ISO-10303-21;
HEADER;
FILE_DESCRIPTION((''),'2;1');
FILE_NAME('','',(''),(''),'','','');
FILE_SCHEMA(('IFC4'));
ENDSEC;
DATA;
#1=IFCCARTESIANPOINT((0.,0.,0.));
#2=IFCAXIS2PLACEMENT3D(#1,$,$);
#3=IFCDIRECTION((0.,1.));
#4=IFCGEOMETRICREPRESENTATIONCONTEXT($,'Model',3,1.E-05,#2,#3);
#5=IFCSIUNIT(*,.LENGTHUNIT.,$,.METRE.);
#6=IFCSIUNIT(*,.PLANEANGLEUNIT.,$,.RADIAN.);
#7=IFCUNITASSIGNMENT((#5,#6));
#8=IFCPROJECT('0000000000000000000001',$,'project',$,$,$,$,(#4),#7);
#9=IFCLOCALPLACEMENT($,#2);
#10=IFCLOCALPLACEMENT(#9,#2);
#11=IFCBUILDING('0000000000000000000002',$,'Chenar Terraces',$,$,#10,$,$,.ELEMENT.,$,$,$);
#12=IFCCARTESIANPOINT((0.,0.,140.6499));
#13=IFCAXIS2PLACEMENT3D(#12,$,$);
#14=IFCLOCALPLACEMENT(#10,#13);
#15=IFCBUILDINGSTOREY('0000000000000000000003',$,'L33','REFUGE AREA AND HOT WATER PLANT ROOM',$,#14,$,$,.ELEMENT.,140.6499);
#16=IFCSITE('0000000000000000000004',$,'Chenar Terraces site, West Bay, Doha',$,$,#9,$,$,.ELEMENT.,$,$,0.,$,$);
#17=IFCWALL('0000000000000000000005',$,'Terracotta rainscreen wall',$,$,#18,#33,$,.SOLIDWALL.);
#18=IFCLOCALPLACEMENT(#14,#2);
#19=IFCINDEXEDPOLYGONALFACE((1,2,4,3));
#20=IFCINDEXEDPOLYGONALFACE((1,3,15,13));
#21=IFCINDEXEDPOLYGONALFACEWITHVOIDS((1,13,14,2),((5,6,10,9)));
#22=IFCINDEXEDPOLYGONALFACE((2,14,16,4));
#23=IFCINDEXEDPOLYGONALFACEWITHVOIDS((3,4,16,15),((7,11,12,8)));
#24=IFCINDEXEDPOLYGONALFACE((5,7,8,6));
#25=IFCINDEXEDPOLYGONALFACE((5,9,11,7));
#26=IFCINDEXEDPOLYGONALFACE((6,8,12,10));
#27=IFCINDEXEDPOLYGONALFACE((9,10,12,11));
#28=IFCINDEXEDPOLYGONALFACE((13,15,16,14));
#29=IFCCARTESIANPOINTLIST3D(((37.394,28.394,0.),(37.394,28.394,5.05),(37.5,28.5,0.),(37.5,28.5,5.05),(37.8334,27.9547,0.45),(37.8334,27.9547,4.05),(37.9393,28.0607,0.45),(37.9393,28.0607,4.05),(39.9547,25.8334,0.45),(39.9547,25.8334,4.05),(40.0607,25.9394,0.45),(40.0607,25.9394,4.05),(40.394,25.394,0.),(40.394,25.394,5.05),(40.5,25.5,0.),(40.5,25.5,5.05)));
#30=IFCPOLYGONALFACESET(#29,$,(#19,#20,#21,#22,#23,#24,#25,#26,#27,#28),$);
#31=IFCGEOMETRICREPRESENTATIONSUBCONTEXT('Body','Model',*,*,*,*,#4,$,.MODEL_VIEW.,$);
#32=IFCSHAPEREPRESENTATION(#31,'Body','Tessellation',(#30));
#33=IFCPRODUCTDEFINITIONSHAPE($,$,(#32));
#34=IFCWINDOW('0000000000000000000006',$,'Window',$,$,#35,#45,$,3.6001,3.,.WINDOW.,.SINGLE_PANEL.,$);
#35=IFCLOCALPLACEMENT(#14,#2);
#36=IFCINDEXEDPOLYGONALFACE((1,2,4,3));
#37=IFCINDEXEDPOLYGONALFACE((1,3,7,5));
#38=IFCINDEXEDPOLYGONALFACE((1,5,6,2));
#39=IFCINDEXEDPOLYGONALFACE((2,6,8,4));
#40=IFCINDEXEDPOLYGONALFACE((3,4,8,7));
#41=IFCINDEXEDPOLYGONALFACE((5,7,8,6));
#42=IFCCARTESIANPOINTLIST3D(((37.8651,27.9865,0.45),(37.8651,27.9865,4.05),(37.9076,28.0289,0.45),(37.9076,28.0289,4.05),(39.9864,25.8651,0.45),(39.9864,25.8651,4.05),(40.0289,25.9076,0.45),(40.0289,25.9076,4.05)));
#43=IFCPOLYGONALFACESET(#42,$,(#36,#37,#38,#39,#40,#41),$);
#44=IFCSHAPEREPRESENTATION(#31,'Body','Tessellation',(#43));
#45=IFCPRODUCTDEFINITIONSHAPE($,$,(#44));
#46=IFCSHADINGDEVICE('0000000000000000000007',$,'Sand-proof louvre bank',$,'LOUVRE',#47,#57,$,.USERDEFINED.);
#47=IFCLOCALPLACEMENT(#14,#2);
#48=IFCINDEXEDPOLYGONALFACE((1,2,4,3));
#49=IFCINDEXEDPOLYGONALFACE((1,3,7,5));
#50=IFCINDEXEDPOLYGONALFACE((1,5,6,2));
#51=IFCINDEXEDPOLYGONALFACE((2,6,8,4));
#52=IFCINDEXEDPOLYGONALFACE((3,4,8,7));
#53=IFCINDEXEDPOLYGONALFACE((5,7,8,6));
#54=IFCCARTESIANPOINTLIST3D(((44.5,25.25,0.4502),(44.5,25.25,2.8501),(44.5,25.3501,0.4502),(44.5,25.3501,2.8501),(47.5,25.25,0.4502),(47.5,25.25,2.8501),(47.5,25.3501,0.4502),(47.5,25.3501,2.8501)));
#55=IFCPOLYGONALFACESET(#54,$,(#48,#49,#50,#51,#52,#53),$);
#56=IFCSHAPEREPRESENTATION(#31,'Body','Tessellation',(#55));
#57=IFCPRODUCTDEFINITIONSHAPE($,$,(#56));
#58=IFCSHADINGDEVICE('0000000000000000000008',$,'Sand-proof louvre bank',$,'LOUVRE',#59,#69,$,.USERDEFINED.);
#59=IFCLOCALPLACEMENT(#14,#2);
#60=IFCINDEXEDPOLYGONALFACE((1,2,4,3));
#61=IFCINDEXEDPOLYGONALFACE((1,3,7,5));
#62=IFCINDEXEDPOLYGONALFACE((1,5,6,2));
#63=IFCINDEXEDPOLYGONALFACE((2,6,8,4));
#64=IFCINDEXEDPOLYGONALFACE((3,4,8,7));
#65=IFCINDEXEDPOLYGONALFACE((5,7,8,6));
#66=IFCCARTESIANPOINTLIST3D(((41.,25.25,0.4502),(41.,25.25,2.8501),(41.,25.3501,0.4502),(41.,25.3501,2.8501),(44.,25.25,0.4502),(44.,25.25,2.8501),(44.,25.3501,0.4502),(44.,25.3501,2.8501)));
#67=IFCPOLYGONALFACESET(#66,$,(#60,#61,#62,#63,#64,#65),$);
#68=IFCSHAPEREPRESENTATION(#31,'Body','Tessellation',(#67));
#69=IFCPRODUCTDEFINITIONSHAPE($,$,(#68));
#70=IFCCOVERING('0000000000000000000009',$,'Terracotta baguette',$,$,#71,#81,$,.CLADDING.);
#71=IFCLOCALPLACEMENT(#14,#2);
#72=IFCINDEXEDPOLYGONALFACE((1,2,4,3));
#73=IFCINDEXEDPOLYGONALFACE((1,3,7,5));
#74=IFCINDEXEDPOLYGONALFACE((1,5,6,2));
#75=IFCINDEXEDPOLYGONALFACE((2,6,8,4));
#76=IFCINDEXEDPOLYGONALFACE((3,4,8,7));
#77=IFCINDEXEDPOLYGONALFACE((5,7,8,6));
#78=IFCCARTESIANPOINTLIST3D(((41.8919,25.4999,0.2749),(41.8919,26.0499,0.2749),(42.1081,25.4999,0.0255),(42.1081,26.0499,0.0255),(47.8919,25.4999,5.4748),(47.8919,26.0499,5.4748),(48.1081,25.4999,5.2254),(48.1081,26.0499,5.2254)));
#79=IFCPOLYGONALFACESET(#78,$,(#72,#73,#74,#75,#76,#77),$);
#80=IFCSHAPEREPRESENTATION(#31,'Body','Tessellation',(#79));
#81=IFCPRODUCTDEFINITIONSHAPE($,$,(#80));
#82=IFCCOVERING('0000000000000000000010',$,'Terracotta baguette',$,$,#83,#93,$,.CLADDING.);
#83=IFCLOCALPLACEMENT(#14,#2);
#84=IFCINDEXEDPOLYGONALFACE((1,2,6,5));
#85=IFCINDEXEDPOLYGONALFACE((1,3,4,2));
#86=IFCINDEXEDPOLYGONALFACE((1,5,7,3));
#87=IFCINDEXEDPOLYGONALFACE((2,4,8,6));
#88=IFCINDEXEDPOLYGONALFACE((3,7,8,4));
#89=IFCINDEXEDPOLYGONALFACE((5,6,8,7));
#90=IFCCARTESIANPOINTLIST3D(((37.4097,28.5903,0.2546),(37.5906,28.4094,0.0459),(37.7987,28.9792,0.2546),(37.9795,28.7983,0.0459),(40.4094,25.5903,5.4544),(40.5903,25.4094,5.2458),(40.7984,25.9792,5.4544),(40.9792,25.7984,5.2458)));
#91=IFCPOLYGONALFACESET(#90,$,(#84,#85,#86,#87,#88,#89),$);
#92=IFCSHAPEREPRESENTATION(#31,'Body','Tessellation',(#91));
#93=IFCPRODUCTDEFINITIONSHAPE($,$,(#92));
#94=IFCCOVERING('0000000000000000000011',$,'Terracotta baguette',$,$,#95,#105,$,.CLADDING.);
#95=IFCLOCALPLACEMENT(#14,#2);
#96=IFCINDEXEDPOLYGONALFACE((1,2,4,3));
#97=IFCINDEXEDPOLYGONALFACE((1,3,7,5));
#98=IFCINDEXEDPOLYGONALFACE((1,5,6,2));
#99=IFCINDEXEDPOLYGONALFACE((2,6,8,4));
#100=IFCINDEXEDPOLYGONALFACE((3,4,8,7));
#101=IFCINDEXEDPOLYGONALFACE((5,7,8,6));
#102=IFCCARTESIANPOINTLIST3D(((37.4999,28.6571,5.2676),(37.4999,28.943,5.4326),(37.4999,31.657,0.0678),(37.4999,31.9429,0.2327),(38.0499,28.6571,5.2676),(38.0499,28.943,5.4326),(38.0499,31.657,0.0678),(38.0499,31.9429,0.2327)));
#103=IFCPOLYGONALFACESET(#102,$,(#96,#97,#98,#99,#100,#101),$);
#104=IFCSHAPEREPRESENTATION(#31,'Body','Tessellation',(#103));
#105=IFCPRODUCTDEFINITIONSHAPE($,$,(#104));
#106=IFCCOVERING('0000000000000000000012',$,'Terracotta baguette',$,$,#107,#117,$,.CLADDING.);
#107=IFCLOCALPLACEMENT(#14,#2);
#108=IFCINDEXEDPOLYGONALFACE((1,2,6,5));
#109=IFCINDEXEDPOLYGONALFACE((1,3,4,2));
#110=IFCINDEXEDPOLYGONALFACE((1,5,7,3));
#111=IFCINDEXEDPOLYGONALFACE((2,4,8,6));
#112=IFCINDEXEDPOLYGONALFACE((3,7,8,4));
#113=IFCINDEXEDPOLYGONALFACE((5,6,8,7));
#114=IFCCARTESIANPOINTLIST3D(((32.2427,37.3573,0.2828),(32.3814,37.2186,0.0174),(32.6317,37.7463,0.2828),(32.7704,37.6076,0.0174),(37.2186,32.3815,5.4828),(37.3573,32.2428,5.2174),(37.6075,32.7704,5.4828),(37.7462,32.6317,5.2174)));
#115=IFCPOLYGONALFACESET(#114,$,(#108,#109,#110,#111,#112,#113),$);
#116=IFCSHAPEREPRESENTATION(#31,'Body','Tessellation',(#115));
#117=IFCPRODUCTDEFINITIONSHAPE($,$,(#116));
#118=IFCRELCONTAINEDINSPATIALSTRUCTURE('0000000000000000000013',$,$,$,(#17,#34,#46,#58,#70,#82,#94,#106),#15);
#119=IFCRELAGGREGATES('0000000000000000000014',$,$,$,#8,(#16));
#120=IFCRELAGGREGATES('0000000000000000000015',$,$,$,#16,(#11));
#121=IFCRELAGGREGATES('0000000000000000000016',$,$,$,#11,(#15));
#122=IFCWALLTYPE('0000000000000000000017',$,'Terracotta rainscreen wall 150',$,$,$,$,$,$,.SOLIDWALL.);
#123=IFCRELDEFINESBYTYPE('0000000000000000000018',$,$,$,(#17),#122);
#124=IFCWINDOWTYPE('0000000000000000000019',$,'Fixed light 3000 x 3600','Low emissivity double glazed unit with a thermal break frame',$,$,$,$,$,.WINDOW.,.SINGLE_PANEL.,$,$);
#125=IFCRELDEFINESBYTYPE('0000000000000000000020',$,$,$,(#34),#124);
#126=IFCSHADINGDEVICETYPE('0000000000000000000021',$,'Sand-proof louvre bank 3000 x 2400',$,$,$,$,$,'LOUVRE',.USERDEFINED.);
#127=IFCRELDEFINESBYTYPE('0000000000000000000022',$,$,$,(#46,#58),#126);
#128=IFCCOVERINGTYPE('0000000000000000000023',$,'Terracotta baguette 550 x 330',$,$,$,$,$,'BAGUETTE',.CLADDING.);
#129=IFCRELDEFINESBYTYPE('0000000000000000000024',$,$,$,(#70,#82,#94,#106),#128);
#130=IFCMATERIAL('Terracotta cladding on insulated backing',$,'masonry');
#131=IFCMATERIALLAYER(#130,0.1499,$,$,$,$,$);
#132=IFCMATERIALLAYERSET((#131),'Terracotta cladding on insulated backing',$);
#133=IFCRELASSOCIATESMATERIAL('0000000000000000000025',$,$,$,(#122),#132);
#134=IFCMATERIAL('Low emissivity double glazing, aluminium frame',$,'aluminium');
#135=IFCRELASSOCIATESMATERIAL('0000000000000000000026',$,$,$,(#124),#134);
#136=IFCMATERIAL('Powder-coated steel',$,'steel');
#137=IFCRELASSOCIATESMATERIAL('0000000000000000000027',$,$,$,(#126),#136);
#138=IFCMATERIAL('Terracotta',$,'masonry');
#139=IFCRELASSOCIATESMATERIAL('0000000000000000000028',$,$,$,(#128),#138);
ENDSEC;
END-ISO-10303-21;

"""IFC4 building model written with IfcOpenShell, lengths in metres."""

from ifc_helpers import new_model, si_unit, direction, frame, frame_2d, origin, origin_2d, place, context, subcontext, project, spatial, rectangle, extrude, material, layer, layer_set, material_profile, profile_set, type_object, element, fill, save


model = new_model("IFC4")

# Units and contexts
model_context = context("Model", 3, precision=1e-05, world=origin(), true_north=direction((0.0, 1.0)))
body_context = subcontext(model_context, "Body", "Model", "MODEL_VIEW")
ifc_project = project(units=[si_unit("LENGTHUNIT", "METRE"), si_unit("PLANEANGLEUNIT", "RADIAN")], contexts=[model_context])

# Site, building, storey
site_placement = place(None, origin())
site = spatial("IfcSite", under=ifc_project, at=site_placement, Name="Chenar Terraces site, West Bay, Doha", CompositionType="ELEMENT", RefElevation=0.0)
building_placement = place(site_placement, origin())
building = spatial("IfcBuilding", under=site, at=building_placement, Name="Chenar Terraces", CompositionType="ELEMENT")
storey_placement = place(building_placement, frame((0.0, 0.0, 140.6499)))
storey = spatial("IfcBuildingStorey", under=building, at=storey_placement, Name="L33", Description="REFUGE AREA AND HOT WATER PLANT ROOM", CompositionType="ELEMENT", Elevation=140.6499)

# Wall, opening, window
ifc_material_1 = material(Name="Terracotta cladding on insulated backing", Category="masonry")
ifc_layer_1 = layer(ifc_material_1, 0.1499)
ifc_layer_set_1 = layer_set([ifc_layer_1], Name="Terracotta cladding on insulated backing")
wall_type_1 = type_object("IfcWallType", Name="Terracotta rainscreen wall 150", PredefinedType="SOLIDWALL", material=ifc_layer_set_1)
wall_1_placement = place(storey_placement, frame((40.447, 25.447, 0.0), z_axis=(0.0, 0.0, 1.0), x_axis=(-0.707107, 0.707107, 0.0)))
wall_1 = element("IfcWall", 1, at=wall_1_placement, inside=storey, type_object=wall_type_1, Name="Terracotta rainscreen wall", PredefinedType="SOLIDWALL", context=body_context, shape_type="SweptSolid", body=[
    extrude(rectangle(XDim=4.2427, YDim=0.1499, at=frame_2d((2.1213, 0.0))), origin(), (0.0, 0.0, 1.0), 5.05),
])
opening_1_placement = place(wall_1_placement, frame((0.6213, 0.0, 0.45)))
opening_1 = element("IfcOpeningElement", 2, at=opening_1_placement, cuts=wall_1, PredefinedType="OPENING", context=body_context, shape_type="SweptSolid", body=[
    extrude(rectangle(XDim=3.0, YDim=3.6001, at=frame_2d((1.5, 1.8))), frame((0.0, 0.085, 0.0), z_axis=(0.0, -1.0, 0.0), x_axis=(1.0, 0.0, 0.0)), (0.0, 0.0, 1.0), 0.1699),
])
ifc_material_2 = material(Name="Low emissivity double glazing, aluminium frame", Category="aluminium")
window_type = type_object("IfcWindowType", Name="Fixed light 3000 x 3600", Description="Low emissivity double glazed unit with a thermal break frame", PartitioningType="SINGLE_PANEL", PredefinedType="WINDOW", material=ifc_material_2)
window_placement = place(opening_1_placement, origin())
window = element("IfcWindow", 3, at=window_placement, inside=storey, type_object=window_type, Name="Window", OverallHeight=3.6001, OverallWidth=3.0, PartitioningType="SINGLE_PANEL", PredefinedType="WINDOW", context=body_context, shape_type="SweptSolid", body=[
    extrude(rectangle(XDim=3.0, YDim=3.6001, at=frame_2d((1.5, 1.8))), frame((0.0, 0.03, 0.0), z_axis=(0.0, -1.0, 0.0), x_axis=(1.0, 0.0, 0.0)), (0.0, 0.0, 1.0), 0.0601),
])
fill(opening_1, window)

# Shading devices
ifc_material_3 = material(Name="Powder-coated steel", Category="steel")
shading_device_type = type_object("IfcShadingDeviceType", Name="Sand-proof louvre bank 3000 x 2400", ElementType="LOUVRE", PredefinedType="USERDEFINED", material=ifc_material_3)
for number, where, z_axis, x_axis, name in (
    (4, (46.0, 25.3, 0.4502), (0.0, 0.0, 1.0), (-1.0, 0.0, 0.0), "Sand-proof louvre bank"),
    (5, (42.5, 25.3, 0.4502), (0.0, 0.0, 1.0), (-1.0, 0.0, 0.0), "Sand-proof louvre bank"),
):
    element("IfcShadingDevice", number, at=place(storey_placement, frame(where, z_axis=z_axis, x_axis=x_axis)), inside=storey, type_object=shading_device_type, Name=name, ObjectType="LOUVRE", PredefinedType="USERDEFINED", context=body_context, shape_type="SweptSolid", body=[
        extrude(rectangle(XDim=3.0, YDim=0.1001, at=origin_2d()), origin(), (0.0, 0.0, 1.0), 2.3999),
    ])

# Coverings
ifc_material_4 = material(Name="Terracotta", Category="masonry")
ifc_material_profile_1 = material_profile(ifc_material_4, rectangle(XDim=0.55, YDim=0.3301, at=origin_2d()), Name="Terracotta baguette 550 x 330")
ifc_profile_set_1 = profile_set([ifc_material_profile_1], Name="Terracotta")
covering_type = type_object("IfcCoveringType", Name="Terracotta baguette 550 x 330", ElementType="BAGUETTE", PredefinedType="CLADDING", material=ifc_profile_set_1)
covering_1_placement = place(storey_placement, frame((48.0, 25.7749, 5.3501), z_axis=(-0.755692, 0.0, -0.654927), x_axis=(0.0, -1.0, 0.0)))
element("IfcCovering", 6, at=covering_1_placement, inside=storey, type_object=covering_type, Name="Terracotta baguette", PredefinedType="CLADDING", context=body_context, shape_type="SweptSolid", body=[
    extrude(rectangle(XDim=0.55, YDim=0.3301, at=origin_2d()), origin(), (0.0, 0.0, 1.0), 7.9397),
])
covering_2_placement = place(storey_placement, frame((40.6943, 25.6943, 5.3501), z_axis=(-0.446988, 0.447025, -0.774836), x_axis=(-0.707136, -0.707078, 0.0)))
element("IfcCovering", 7, at=covering_2_placement, inside=storey, type_object=covering_type, Name="Terracotta baguette", PredefinedType="CLADDING", context=body_context, shape_type="SweptSolid", body=[
    extrude(rectangle(XDim=0.55, YDim=0.3301, at=origin_2d()), origin(), (0.0, 0.0, 1.0), 6.7109),
])
covering_3_placement = place(storey_placement, frame((37.7749, 28.8, 5.3501), z_axis=(0.0, 0.499726, -0.866184), x_axis=(-1.0, 0.0, 0.0)))
element("IfcCovering", 8, at=covering_3_placement, inside=storey, type_object=covering_type, Name="Terracotta baguette", PredefinedType="CLADDING", context=body_context, shape_type="SweptSolid", body=[
    extrude(rectangle(XDim=0.55, YDim=0.3301, at=origin_2d()), origin(), (0.0, 0.0, 1.0), 6.0032),
])
covering_4_placement = place(storey_placement, frame((37.4824, 32.5066, 5.3501), z_axis=(-0.568686, 0.568686, -0.5943), x_axis=(-0.707107, -0.707107, 0.0)))
element("IfcCovering", 9, at=covering_4_placement, inside=storey, type_object=covering_type, Name="Terracotta baguette", PredefinedType="CLADDING", context=body_context, shape_type="SweptSolid", body=[
    extrude(rectangle(XDim=0.55, YDim=0.3301, at=origin_2d()), origin(), (0.0, 0.0, 1.0), 8.7498),
])

save(model, "model.ifc")
